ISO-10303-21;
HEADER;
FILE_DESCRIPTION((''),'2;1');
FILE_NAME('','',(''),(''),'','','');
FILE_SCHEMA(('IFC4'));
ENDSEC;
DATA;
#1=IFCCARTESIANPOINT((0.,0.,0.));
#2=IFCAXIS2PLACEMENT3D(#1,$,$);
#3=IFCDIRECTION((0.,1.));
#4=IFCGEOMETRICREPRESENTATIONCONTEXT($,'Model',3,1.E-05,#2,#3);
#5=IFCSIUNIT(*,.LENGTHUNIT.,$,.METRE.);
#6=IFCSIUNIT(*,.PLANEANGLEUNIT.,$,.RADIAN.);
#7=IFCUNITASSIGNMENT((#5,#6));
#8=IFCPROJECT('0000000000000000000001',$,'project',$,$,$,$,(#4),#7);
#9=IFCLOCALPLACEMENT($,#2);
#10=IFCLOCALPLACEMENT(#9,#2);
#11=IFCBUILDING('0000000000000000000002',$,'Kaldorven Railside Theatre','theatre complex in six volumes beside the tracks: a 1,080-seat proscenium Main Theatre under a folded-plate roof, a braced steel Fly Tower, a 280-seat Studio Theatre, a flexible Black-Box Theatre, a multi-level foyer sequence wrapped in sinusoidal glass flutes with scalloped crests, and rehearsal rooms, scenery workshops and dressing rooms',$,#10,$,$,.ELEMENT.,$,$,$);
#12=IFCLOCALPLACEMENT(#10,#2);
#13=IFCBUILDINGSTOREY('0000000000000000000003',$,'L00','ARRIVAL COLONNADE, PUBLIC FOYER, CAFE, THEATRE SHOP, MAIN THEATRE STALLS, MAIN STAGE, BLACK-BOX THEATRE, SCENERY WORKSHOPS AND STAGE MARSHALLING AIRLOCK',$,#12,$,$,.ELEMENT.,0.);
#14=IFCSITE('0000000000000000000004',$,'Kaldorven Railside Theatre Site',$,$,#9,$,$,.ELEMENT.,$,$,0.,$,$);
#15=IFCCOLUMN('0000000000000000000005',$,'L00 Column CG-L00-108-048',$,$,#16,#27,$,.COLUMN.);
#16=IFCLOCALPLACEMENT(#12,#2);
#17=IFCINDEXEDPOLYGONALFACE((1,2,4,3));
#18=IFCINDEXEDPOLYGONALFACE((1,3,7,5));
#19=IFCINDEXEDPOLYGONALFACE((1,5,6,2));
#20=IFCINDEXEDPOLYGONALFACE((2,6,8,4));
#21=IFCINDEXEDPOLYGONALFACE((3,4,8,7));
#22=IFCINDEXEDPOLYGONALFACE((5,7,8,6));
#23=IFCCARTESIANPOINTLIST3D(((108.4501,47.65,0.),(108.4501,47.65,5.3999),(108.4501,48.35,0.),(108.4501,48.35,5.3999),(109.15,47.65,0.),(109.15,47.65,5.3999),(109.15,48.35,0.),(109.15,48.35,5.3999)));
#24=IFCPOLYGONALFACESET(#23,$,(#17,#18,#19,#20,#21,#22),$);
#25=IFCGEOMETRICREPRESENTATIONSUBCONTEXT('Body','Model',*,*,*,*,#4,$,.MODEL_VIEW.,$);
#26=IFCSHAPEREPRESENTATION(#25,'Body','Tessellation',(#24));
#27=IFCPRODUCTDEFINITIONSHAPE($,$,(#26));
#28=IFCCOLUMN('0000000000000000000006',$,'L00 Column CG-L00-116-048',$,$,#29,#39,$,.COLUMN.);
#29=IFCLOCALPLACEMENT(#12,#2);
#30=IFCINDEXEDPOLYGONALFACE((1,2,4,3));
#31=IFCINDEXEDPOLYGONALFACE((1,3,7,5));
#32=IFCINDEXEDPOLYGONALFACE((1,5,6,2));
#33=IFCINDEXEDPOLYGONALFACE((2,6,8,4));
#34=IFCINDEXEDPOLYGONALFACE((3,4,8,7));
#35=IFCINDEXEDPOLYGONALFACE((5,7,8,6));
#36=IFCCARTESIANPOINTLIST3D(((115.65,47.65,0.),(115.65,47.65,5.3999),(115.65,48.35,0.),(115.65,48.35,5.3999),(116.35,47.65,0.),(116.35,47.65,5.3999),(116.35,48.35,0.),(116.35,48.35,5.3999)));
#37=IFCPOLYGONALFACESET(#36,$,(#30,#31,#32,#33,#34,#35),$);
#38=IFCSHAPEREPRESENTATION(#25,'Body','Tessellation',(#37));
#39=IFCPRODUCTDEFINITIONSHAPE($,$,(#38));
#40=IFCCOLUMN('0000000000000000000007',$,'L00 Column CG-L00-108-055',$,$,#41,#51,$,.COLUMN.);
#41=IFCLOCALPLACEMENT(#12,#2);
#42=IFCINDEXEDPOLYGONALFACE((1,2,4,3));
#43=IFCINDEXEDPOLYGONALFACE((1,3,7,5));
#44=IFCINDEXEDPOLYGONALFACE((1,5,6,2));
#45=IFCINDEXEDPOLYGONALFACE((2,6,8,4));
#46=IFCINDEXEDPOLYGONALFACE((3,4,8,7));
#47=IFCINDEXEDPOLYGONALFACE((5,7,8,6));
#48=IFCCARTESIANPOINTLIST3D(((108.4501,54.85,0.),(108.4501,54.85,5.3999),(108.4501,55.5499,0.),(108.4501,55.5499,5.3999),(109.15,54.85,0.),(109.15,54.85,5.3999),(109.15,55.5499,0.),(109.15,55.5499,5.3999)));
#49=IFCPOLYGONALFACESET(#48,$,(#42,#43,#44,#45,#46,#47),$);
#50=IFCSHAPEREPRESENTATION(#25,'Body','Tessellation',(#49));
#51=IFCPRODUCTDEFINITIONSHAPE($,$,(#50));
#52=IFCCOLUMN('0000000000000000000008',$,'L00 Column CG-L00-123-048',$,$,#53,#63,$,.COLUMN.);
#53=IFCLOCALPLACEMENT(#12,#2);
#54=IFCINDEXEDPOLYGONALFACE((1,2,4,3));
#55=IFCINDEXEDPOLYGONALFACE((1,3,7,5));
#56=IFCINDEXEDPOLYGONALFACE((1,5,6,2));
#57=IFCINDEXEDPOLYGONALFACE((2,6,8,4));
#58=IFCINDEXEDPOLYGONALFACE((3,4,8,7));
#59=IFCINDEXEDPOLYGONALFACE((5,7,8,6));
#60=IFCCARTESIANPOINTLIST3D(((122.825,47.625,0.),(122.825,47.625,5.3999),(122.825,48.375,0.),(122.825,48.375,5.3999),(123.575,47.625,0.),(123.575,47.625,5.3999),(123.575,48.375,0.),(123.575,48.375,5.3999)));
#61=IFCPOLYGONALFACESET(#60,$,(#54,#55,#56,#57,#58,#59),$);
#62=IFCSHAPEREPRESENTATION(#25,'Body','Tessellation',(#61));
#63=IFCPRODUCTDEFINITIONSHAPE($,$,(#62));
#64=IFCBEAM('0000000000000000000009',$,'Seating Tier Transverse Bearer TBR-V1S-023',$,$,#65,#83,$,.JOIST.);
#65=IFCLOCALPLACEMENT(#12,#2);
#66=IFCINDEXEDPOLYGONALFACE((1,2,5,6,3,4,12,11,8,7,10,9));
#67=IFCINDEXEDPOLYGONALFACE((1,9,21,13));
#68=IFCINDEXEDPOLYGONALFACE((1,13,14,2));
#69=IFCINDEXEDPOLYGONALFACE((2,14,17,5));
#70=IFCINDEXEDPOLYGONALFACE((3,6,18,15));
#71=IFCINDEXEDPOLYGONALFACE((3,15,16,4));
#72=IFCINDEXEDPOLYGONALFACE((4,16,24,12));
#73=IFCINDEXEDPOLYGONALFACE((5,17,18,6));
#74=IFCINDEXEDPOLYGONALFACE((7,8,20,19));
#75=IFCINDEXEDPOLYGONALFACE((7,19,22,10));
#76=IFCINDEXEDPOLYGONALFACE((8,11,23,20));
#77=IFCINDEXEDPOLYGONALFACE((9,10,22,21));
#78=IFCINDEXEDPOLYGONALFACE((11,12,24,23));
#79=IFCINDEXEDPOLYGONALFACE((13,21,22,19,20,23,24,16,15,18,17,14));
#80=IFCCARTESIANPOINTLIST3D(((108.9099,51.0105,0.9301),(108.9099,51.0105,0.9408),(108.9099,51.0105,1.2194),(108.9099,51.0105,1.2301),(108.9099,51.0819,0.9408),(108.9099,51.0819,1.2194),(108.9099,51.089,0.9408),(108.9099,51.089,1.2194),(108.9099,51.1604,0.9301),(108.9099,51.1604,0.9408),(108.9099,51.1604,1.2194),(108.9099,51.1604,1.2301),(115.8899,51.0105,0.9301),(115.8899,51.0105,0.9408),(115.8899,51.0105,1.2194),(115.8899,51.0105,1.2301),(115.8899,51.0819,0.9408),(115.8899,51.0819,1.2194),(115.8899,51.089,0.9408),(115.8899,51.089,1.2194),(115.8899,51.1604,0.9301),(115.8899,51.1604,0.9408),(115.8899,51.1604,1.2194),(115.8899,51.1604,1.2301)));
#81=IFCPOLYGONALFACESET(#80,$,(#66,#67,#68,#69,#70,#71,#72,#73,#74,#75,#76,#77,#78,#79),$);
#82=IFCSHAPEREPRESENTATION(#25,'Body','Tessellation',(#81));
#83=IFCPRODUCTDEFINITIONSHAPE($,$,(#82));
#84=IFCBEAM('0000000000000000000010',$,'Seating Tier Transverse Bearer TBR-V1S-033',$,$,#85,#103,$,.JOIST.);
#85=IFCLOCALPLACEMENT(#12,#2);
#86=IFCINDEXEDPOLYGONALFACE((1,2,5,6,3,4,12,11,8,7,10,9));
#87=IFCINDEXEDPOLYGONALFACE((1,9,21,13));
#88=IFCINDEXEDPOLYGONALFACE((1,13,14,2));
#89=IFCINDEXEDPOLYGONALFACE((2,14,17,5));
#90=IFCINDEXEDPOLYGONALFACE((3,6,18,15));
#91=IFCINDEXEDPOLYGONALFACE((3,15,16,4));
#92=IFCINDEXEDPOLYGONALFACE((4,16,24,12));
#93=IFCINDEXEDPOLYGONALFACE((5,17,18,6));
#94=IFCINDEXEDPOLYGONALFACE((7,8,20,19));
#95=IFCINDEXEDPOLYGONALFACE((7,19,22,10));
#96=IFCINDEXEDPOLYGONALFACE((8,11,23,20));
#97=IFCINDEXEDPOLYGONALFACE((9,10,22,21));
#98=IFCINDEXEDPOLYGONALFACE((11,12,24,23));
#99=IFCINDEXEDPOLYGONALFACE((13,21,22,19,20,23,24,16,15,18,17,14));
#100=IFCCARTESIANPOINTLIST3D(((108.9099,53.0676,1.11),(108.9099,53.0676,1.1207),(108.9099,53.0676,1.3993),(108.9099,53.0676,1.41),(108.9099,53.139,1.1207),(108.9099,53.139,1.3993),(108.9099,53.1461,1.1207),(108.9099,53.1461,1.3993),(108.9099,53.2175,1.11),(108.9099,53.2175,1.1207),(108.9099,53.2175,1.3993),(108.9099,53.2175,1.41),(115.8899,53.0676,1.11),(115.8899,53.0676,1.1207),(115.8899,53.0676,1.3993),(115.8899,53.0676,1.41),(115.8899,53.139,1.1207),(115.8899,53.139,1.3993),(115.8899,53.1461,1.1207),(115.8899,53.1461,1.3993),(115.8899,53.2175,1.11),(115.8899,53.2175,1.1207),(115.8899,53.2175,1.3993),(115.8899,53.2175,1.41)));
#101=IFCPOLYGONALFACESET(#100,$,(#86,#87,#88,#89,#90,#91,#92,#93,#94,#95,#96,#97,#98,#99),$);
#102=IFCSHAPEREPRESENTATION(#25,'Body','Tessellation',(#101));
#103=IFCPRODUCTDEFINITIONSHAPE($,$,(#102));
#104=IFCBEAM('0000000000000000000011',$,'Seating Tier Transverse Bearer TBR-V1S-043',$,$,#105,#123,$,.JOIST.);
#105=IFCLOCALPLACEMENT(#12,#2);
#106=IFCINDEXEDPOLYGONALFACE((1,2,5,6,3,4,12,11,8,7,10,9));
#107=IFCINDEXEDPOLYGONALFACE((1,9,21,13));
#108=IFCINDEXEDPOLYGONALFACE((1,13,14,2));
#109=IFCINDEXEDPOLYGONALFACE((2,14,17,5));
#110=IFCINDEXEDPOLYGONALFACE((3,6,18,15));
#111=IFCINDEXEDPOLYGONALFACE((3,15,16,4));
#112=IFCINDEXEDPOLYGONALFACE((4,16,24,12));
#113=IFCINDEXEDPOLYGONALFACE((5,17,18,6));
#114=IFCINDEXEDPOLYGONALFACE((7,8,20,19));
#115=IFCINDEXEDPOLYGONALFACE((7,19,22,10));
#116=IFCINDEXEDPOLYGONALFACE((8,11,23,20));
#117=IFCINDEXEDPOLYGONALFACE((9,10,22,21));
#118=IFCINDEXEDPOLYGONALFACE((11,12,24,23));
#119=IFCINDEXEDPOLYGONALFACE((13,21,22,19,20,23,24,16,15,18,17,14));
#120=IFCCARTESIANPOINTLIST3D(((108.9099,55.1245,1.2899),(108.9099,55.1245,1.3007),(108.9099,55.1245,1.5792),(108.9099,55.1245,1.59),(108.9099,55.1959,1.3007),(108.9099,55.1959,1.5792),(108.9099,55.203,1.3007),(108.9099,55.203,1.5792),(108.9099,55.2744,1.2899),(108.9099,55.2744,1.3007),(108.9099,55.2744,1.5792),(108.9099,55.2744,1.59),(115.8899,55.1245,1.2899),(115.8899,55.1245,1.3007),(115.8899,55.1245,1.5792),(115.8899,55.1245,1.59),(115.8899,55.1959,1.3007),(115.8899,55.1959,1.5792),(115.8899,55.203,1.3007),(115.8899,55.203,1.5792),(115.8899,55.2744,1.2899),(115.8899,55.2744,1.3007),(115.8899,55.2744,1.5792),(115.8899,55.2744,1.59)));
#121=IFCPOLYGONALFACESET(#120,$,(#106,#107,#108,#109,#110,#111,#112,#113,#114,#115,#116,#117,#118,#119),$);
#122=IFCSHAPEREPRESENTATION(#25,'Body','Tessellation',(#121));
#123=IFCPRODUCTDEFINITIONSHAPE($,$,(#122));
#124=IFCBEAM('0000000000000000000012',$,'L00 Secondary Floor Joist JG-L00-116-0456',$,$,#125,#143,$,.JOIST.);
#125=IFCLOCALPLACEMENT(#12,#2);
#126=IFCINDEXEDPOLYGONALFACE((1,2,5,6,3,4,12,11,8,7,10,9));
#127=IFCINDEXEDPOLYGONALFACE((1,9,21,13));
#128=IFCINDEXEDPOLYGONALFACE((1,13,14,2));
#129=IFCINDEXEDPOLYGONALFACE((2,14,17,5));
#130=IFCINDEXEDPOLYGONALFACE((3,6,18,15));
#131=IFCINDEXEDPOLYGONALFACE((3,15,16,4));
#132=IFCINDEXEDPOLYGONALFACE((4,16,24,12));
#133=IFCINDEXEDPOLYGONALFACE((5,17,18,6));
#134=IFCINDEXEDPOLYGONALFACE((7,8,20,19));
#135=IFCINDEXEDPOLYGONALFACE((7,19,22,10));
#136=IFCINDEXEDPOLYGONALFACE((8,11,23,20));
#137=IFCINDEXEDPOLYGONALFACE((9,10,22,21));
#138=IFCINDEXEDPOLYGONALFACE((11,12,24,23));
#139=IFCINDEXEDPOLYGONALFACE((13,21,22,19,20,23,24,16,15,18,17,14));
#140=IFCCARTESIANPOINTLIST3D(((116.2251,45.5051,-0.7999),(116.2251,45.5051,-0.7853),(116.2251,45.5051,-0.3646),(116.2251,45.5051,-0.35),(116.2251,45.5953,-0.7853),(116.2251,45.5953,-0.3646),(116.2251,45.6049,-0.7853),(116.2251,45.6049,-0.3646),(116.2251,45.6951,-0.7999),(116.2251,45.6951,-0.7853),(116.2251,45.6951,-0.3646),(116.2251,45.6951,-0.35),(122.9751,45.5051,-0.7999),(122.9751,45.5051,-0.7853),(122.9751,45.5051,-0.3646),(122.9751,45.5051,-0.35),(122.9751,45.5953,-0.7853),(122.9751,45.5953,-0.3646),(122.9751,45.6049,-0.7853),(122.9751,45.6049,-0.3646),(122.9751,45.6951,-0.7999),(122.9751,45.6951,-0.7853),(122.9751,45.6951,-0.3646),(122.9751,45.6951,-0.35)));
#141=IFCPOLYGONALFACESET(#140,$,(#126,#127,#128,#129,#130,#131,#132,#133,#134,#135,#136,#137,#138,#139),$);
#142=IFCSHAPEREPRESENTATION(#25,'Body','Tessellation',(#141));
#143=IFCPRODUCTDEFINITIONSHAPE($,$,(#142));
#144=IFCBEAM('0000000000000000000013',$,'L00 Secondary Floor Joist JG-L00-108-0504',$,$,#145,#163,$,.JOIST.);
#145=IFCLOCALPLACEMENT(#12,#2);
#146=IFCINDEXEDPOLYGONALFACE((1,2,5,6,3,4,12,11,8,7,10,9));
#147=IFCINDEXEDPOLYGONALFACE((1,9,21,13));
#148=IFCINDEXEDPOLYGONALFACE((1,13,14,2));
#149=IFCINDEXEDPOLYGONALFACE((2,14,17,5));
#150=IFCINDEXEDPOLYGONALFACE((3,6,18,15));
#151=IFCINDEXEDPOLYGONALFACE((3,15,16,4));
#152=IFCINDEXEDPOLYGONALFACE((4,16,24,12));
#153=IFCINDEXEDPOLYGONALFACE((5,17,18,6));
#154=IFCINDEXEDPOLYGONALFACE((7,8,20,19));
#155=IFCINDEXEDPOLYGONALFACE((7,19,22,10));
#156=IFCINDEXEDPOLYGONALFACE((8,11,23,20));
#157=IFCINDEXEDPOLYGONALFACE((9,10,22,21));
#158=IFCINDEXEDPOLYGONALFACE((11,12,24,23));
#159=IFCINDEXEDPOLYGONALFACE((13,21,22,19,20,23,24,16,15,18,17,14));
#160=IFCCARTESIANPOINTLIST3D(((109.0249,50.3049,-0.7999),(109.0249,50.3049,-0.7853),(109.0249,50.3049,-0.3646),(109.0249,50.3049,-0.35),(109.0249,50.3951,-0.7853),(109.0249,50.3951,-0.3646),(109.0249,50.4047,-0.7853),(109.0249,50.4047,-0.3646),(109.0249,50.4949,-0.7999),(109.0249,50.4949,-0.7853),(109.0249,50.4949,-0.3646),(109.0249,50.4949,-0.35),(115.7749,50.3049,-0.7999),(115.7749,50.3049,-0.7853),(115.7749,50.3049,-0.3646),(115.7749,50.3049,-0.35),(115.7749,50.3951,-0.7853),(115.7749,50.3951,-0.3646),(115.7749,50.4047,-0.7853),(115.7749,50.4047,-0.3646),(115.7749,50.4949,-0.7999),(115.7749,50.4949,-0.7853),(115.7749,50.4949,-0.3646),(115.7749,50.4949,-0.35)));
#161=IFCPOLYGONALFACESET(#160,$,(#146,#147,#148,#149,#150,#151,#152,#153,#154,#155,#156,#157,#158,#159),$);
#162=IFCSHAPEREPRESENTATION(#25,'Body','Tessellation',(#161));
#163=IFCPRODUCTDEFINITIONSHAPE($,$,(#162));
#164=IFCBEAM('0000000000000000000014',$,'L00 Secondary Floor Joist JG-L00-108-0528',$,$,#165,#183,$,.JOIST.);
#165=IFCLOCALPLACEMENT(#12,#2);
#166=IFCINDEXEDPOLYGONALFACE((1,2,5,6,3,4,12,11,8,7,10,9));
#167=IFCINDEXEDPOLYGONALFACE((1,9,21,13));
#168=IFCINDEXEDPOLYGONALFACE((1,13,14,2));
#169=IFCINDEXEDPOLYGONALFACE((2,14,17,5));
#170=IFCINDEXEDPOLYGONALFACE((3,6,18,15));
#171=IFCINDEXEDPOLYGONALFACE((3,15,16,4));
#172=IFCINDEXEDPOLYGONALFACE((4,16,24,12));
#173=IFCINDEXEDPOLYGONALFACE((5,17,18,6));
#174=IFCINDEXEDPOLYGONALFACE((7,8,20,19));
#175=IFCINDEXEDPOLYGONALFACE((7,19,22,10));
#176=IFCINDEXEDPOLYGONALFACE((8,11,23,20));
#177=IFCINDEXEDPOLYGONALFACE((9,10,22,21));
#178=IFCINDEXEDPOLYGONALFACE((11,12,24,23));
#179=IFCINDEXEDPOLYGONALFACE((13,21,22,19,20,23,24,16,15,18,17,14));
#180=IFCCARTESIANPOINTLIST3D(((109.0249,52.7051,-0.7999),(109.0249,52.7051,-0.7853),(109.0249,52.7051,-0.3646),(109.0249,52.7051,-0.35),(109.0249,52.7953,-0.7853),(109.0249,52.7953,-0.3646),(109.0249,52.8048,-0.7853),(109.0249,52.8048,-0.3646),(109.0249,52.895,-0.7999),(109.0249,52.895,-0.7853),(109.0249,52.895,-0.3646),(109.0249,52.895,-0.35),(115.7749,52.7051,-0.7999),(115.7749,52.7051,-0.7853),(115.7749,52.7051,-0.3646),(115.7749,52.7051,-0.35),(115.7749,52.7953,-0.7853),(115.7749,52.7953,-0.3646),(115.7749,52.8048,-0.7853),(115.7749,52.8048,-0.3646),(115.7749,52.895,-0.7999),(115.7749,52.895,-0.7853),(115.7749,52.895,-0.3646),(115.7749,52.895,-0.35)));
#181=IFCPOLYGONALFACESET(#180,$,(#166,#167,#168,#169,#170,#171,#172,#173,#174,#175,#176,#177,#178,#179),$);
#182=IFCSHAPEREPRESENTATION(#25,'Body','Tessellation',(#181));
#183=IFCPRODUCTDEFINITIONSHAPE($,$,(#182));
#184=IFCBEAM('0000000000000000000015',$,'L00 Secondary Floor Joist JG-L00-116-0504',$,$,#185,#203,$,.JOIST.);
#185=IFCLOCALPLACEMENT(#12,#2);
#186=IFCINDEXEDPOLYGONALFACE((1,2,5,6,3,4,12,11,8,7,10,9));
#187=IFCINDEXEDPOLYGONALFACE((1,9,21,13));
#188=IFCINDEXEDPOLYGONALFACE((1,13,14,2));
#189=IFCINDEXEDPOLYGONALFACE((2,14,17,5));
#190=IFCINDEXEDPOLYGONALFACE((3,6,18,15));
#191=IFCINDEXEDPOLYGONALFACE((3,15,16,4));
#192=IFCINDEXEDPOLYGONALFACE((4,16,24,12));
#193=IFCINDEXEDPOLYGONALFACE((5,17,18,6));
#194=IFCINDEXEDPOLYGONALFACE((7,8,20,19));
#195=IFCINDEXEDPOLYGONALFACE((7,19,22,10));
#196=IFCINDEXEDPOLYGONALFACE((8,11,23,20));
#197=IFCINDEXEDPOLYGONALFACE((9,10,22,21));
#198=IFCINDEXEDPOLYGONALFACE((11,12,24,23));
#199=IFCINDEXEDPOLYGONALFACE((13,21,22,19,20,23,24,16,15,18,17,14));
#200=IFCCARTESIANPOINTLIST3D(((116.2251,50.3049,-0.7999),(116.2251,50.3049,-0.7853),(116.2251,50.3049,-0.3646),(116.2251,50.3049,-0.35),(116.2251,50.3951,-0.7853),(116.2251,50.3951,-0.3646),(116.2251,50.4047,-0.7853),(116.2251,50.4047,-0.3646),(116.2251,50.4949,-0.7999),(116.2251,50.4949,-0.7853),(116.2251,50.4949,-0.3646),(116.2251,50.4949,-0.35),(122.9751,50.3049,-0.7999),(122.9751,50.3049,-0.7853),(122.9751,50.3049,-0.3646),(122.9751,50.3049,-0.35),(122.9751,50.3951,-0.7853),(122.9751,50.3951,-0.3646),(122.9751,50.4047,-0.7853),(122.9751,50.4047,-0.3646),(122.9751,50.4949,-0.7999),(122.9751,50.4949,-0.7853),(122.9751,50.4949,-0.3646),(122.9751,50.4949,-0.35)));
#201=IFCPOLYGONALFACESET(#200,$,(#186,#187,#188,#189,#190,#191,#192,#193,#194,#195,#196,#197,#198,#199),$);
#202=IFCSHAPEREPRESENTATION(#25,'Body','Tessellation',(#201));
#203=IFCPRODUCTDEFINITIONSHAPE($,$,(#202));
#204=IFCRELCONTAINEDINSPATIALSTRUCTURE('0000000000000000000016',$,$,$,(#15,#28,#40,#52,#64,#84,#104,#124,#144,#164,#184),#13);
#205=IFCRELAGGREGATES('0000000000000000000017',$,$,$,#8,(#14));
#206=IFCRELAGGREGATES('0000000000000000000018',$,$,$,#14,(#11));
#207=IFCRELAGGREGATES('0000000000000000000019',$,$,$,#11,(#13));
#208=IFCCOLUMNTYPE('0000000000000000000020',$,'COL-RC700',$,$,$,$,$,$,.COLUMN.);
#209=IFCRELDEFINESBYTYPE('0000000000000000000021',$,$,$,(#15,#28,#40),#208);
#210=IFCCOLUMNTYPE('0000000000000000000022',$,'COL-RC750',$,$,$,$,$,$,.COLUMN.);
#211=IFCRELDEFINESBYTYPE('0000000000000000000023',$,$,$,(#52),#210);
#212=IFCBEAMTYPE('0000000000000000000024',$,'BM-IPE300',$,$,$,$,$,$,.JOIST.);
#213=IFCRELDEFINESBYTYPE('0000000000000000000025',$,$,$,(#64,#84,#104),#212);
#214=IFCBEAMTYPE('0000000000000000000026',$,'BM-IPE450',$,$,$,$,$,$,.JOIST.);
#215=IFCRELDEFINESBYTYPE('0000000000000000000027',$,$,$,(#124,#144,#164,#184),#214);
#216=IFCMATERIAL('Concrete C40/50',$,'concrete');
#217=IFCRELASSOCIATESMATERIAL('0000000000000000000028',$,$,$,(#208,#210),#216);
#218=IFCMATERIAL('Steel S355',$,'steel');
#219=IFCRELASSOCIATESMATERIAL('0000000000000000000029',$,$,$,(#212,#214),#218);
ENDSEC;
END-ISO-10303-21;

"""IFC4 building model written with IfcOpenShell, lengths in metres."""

from ifc_helpers import new_model, si_unit, direction, frame, origin, origin_2d, place, context, subcontext, project, spatial, rectangle, i_section, extrude, material, material_profile, profile_set, type_object, element, save


model = new_model("IFC4")

# Units and contexts
model_context = context("Model", 3, precision=1e-05, world=origin(), true_north=direction((0.0, 1.0)))
body_context = subcontext(model_context, "Body", "Model", "MODEL_VIEW")
ifc_project = project(units=[si_unit("LENGTHUNIT", "METRE"), si_unit("PLANEANGLEUNIT", "RADIAN")], contexts=[model_context])

# Site, building, storey
site_placement = place(None, origin())
site = spatial("IfcSite", under=ifc_project, at=site_placement, Name="Kaldorven Railside Theatre Site", CompositionType="ELEMENT", RefElevation=0.0)
building_placement = place(site_placement, origin())
building = spatial("IfcBuilding", under=site, at=building_placement, Name="Kaldorven Railside Theatre", Description="theatre complex in six volumes beside the tracks: a 1,080-seat proscenium Main Theatre under a folded-plate roof, a braced steel Fly Tower, a 280-seat Studio Theatre, a flexible Black-Box Theatre, a multi-level foyer sequence wrapped in sinusoidal glass flutes with scalloped crests, and rehearsal rooms, scenery workshops and dressing rooms", CompositionType="ELEMENT")
storey_placement = place(building_placement, origin())
storey = spatial("IfcBuildingStorey", under=building, at=storey_placement, Name="L00", Description="ARRIVAL COLONNADE, PUBLIC FOYER, CAFE, THEATRE SHOP, MAIN THEATRE STALLS, MAIN STAGE, BLACK-BOX THEATRE, SCENERY WORKSHOPS AND STAGE MARSHALLING AIRLOCK", CompositionType="ELEMENT", Elevation=0.0)

# Columns
ifc_material_1 = material(Name="Concrete C40/50", Category="concrete")
ifc_material_profile_1 = material_profile(ifc_material_1, rectangle(XDim=0.7, YDim=0.7, at=origin_2d()), Name="RC 700x700")
ifc_profile_set_1 = profile_set([ifc_material_profile_1], Name="Concrete C40/50")
column_type_1 = type_object("IfcColumnType", Name="COL-RC700", PredefinedType="COLUMN", material=ifc_profile_set_1)
for number, where, z_axis, x_axis, name in (
    (1, (108.8, 48.0, 0.0), (0.0, 0.0, 1.0), (1.0, 0.0, 0.0), "L00 Column CG-L00-108-048"),
    (2, (116.0, 48.0, 0.0), (0.0, 0.0, 1.0), (1.0, 0.0, 0.0), "L00 Column CG-L00-116-048"),
    (3, (108.8, 55.2, 0.0), (0.0, 0.0, 1.0), (1.0, 0.0, 0.0), "L00 Column CG-L00-108-055"),
):
    element("IfcColumn", number, at=place(storey_placement, frame(where, z_axis=z_axis, x_axis=x_axis)), inside=storey, type_object=column_type_1, Name=name, PredefinedType="COLUMN", context=body_context, shape_type="SweptSolid", body=[
        extrude(rectangle(XDim=0.7, YDim=0.7, at=origin_2d()), origin(), (0.0, 0.0, 1.0), 5.3999),
    ])
ifc_material_profile_2 = material_profile(ifc_material_1, rectangle(XDim=0.75, YDim=0.75, at=origin_2d()), Name="RC 750x750")
ifc_profile_set_2 = profile_set([ifc_material_profile_2], Name="Concrete C40/50")
column_type_2 = type_object("IfcColumnType", Name="COL-RC750", PredefinedType="COLUMN", material=ifc_profile_set_2)
column_placement = place(storey_placement, frame((123.2, 48.0, 0.0), z_axis=(0.0, 0.0, 1.0), x_axis=(0.0, 1.0, 0.0)))
element("IfcColumn", 4, at=column_placement, inside=storey, type_object=column_type_2, Name="L00 Column CG-L00-123-048", PredefinedType="COLUMN", context=body_context, shape_type="SweptSolid", body=[
    extrude(rectangle(XDim=0.75, YDim=0.75, at=origin_2d()), origin(), (0.0, 0.0, 1.0), 5.3999),
])

# Beams
ifc_material_2 = material(Name="Steel S355", Category="steel")
ifc_material_profile_3 = material_profile(ifc_material_2, i_section(OverallWidth=0.1499, OverallDepth=0.3, WebThickness=0.0071, FlangeThickness=0.0107, at=origin_2d()), Name="IPE 300")
ifc_profile_set_3 = profile_set([ifc_material_profile_3], Name="Steel S355")
beam_type_1 = type_object("IfcBeamType", Name="BM-IPE300", PredefinedType="JOIST", material=ifc_profile_set_3)
for number, where, z_axis, x_axis, name in (
    (5, (108.9099, 51.0854, 1.0801), (1.0, 0.0, 0.0), (0.0, 1.0, 0.0), "Seating Tier Transverse Bearer TBR-V1S-023"),
    (6, (108.9099, 53.1426, 1.26), (1.0, 0.0, 0.0), (0.0, 1.0, 0.0), "Seating Tier Transverse Bearer TBR-V1S-033"),
    (7, (108.9099, 55.1995, 1.4399), (1.0, 0.0, 0.0), (0.0, 1.0, 0.0), "Seating Tier Transverse Bearer TBR-V1S-043"),
):
    element("IfcBeam", number, at=place(storey_placement, frame(where, z_axis=z_axis, x_axis=x_axis)), inside=storey, type_object=beam_type_1, Name=name, PredefinedType="JOIST", context=body_context, shape_type="SweptSolid", body=[
        extrude(i_section(OverallWidth=0.1499, OverallDepth=0.3, WebThickness=0.0071, FlangeThickness=0.0107, at=origin_2d()), origin(), (0.0, 0.0, 1.0), 6.98),
    ])
ifc_material_profile_4 = material_profile(ifc_material_2, i_section(OverallWidth=0.1899, OverallDepth=0.45, WebThickness=0.0095, FlangeThickness=0.0146, at=origin_2d()), Name="IPE 450")
ifc_profile_set_4 = profile_set([ifc_material_profile_4], Name="Steel S355")
beam_type_2 = type_object("IfcBeamType", Name="BM-IPE450", PredefinedType="JOIST", material=ifc_profile_set_4)
for number, where, z_axis, x_axis, name in (
    (8, (116.2251, 45.6001, -0.575), (1.0, 0.0, 0.0), (0.0, 1.0, 0.0), "L00 Secondary Floor Joist JG-L00-116-0456"),
    (9, (109.0249, 50.3999, -0.575), (1.0, 0.0, 0.0), (0.0, 1.0, 0.0), "L00 Secondary Floor Joist JG-L00-108-0504"),
    (10, (109.0249, 52.8, -0.575), (1.0, 0.0, 0.0), (0.0, 1.0, 0.0), "L00 Secondary Floor Joist JG-L00-108-0528"),
    (11, (116.2251, 50.3999, -0.575), (1.0, 0.0, 0.0), (0.0, 1.0, 0.0), "L00 Secondary Floor Joist JG-L00-116-0504"),
):
    element("IfcBeam", number, at=place(storey_placement, frame(where, z_axis=z_axis, x_axis=x_axis)), inside=storey, type_object=beam_type_2, Name=name, PredefinedType="JOIST", context=body_context, shape_type="SweptSolid", body=[
        extrude(i_section(OverallWidth=0.1899, OverallDepth=0.45, WebThickness=0.0095, FlangeThickness=0.0146, at=origin_2d()), origin(), (0.0, 0.0, 1.0), 6.75),
    ])

save(model, "model.ifc")
